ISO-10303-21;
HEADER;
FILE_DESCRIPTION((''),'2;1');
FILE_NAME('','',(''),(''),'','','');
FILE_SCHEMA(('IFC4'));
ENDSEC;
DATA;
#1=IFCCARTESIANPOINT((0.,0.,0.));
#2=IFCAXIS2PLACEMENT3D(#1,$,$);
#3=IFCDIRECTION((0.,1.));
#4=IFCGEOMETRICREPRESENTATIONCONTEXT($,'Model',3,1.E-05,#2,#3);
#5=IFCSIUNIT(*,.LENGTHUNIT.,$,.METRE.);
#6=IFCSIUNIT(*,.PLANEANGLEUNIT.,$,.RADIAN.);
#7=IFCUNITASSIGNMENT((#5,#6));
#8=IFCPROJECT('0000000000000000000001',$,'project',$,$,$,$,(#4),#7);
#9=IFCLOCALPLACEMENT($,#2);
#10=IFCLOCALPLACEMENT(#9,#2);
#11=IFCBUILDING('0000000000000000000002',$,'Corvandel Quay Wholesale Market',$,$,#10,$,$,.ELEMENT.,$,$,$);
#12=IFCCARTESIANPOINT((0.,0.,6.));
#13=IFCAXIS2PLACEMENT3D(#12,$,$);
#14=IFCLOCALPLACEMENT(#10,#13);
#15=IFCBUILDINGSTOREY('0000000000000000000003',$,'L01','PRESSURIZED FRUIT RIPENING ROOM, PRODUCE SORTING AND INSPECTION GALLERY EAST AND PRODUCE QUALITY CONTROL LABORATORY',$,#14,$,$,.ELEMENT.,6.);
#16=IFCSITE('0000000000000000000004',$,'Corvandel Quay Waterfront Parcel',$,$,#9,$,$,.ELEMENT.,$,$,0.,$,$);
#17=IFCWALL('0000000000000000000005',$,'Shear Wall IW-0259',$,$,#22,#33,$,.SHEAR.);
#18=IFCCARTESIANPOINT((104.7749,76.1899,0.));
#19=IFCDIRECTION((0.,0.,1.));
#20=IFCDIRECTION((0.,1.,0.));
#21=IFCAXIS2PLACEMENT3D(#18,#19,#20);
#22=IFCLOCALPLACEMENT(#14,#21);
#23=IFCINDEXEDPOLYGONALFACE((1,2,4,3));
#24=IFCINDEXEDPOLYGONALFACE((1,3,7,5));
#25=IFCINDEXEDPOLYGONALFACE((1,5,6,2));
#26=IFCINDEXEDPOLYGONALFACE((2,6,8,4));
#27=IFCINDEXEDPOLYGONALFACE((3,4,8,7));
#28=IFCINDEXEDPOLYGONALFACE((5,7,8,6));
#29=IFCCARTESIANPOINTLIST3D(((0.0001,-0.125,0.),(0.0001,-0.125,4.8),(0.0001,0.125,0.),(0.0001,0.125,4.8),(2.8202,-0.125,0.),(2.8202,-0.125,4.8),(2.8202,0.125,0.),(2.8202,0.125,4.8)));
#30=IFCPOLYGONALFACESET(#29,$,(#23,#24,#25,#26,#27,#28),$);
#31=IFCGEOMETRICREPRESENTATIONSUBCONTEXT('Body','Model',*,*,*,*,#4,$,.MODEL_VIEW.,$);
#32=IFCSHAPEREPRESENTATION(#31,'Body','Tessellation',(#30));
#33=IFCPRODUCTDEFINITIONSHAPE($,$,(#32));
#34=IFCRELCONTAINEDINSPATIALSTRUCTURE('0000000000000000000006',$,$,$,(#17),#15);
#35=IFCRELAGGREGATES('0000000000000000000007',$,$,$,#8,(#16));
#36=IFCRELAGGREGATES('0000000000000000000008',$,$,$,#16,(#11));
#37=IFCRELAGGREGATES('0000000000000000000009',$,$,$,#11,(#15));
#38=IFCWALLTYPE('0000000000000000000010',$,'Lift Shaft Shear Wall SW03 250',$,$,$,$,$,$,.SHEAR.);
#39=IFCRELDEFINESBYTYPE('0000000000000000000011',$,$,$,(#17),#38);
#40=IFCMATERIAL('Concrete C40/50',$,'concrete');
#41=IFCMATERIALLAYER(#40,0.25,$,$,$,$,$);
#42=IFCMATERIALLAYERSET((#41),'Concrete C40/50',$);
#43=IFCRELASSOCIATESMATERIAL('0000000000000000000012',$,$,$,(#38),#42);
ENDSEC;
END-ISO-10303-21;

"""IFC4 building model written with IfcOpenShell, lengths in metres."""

from ifc_helpers import new_model, si_unit, direction, frame, frame_2d, origin, place, context, subcontext, project, spatial, rectangle, extrude, material, layer, layer_set, type_object, element, save


model = new_model("IFC4")

# Units and contexts
model_context = context("Model", 3, precision=1e-05, world=origin(), true_north=direction((0.0, 1.0)))
body_context = subcontext(model_context, "Body", "Model", "MODEL_VIEW")
ifc_project = project(units=[si_unit("LENGTHUNIT", "METRE"), si_unit("PLANEANGLEUNIT", "RADIAN")], contexts=[model_context])

# Site, building, storey
site_placement = place(None, origin())
site = spatial("IfcSite", under=ifc_project, at=site_placement, Name="Corvandel Quay Waterfront Parcel", CompositionType="ELEMENT", RefElevation=0.0)
building_placement = place(site_placement, origin())
building = spatial("IfcBuilding", under=site, at=building_placement, Name="Corvandel Quay Wholesale Market", CompositionType="ELEMENT")
storey_placement = place(building_placement, frame((0.0, 0.0, 6.0)))
storey = spatial("IfcBuildingStorey", under=building, at=storey_placement, Name="L01", Description="PRESSURIZED FRUIT RIPENING ROOM, PRODUCE SORTING AND INSPECTION GALLERY EAST AND PRODUCE QUALITY CONTROL LABORATORY", CompositionType="ELEMENT", Elevation=6.0)

# Shared definitions
ifc_material_1 = material(Name="Concrete C40/50", Category="concrete")

# Wall
ifc_layer_1 = layer(ifc_material_1, 0.25)
ifc_layer_set_1 = layer_set([ifc_layer_1], Name="Concrete C40/50")
wall_type_1 = type_object("IfcWallType", Name="Lift Shaft Shear Wall SW03 250", PredefinedType="SHEAR", material=ifc_layer_set_1)
wall_1_placement = place(storey_placement, frame((104.7749, 76.1899, 0.0), z_axis=(0.0, 0.0, 1.0), x_axis=(0.0, 1.0, 0.0)))
element("IfcWall", 1, at=wall_1_placement, inside=storey, type_object=wall_type_1, Name="Shear Wall IW-0259", PredefinedType="SHEAR", context=body_context, shape_type="SweptSolid", body=[
    extrude(rectangle(XDim=2.8201, YDim=0.25, at=frame_2d((1.4102, 0.0))), origin(), (0.0, 0.0, 1.0), 4.8),
])

save(model, "model.ifc")
